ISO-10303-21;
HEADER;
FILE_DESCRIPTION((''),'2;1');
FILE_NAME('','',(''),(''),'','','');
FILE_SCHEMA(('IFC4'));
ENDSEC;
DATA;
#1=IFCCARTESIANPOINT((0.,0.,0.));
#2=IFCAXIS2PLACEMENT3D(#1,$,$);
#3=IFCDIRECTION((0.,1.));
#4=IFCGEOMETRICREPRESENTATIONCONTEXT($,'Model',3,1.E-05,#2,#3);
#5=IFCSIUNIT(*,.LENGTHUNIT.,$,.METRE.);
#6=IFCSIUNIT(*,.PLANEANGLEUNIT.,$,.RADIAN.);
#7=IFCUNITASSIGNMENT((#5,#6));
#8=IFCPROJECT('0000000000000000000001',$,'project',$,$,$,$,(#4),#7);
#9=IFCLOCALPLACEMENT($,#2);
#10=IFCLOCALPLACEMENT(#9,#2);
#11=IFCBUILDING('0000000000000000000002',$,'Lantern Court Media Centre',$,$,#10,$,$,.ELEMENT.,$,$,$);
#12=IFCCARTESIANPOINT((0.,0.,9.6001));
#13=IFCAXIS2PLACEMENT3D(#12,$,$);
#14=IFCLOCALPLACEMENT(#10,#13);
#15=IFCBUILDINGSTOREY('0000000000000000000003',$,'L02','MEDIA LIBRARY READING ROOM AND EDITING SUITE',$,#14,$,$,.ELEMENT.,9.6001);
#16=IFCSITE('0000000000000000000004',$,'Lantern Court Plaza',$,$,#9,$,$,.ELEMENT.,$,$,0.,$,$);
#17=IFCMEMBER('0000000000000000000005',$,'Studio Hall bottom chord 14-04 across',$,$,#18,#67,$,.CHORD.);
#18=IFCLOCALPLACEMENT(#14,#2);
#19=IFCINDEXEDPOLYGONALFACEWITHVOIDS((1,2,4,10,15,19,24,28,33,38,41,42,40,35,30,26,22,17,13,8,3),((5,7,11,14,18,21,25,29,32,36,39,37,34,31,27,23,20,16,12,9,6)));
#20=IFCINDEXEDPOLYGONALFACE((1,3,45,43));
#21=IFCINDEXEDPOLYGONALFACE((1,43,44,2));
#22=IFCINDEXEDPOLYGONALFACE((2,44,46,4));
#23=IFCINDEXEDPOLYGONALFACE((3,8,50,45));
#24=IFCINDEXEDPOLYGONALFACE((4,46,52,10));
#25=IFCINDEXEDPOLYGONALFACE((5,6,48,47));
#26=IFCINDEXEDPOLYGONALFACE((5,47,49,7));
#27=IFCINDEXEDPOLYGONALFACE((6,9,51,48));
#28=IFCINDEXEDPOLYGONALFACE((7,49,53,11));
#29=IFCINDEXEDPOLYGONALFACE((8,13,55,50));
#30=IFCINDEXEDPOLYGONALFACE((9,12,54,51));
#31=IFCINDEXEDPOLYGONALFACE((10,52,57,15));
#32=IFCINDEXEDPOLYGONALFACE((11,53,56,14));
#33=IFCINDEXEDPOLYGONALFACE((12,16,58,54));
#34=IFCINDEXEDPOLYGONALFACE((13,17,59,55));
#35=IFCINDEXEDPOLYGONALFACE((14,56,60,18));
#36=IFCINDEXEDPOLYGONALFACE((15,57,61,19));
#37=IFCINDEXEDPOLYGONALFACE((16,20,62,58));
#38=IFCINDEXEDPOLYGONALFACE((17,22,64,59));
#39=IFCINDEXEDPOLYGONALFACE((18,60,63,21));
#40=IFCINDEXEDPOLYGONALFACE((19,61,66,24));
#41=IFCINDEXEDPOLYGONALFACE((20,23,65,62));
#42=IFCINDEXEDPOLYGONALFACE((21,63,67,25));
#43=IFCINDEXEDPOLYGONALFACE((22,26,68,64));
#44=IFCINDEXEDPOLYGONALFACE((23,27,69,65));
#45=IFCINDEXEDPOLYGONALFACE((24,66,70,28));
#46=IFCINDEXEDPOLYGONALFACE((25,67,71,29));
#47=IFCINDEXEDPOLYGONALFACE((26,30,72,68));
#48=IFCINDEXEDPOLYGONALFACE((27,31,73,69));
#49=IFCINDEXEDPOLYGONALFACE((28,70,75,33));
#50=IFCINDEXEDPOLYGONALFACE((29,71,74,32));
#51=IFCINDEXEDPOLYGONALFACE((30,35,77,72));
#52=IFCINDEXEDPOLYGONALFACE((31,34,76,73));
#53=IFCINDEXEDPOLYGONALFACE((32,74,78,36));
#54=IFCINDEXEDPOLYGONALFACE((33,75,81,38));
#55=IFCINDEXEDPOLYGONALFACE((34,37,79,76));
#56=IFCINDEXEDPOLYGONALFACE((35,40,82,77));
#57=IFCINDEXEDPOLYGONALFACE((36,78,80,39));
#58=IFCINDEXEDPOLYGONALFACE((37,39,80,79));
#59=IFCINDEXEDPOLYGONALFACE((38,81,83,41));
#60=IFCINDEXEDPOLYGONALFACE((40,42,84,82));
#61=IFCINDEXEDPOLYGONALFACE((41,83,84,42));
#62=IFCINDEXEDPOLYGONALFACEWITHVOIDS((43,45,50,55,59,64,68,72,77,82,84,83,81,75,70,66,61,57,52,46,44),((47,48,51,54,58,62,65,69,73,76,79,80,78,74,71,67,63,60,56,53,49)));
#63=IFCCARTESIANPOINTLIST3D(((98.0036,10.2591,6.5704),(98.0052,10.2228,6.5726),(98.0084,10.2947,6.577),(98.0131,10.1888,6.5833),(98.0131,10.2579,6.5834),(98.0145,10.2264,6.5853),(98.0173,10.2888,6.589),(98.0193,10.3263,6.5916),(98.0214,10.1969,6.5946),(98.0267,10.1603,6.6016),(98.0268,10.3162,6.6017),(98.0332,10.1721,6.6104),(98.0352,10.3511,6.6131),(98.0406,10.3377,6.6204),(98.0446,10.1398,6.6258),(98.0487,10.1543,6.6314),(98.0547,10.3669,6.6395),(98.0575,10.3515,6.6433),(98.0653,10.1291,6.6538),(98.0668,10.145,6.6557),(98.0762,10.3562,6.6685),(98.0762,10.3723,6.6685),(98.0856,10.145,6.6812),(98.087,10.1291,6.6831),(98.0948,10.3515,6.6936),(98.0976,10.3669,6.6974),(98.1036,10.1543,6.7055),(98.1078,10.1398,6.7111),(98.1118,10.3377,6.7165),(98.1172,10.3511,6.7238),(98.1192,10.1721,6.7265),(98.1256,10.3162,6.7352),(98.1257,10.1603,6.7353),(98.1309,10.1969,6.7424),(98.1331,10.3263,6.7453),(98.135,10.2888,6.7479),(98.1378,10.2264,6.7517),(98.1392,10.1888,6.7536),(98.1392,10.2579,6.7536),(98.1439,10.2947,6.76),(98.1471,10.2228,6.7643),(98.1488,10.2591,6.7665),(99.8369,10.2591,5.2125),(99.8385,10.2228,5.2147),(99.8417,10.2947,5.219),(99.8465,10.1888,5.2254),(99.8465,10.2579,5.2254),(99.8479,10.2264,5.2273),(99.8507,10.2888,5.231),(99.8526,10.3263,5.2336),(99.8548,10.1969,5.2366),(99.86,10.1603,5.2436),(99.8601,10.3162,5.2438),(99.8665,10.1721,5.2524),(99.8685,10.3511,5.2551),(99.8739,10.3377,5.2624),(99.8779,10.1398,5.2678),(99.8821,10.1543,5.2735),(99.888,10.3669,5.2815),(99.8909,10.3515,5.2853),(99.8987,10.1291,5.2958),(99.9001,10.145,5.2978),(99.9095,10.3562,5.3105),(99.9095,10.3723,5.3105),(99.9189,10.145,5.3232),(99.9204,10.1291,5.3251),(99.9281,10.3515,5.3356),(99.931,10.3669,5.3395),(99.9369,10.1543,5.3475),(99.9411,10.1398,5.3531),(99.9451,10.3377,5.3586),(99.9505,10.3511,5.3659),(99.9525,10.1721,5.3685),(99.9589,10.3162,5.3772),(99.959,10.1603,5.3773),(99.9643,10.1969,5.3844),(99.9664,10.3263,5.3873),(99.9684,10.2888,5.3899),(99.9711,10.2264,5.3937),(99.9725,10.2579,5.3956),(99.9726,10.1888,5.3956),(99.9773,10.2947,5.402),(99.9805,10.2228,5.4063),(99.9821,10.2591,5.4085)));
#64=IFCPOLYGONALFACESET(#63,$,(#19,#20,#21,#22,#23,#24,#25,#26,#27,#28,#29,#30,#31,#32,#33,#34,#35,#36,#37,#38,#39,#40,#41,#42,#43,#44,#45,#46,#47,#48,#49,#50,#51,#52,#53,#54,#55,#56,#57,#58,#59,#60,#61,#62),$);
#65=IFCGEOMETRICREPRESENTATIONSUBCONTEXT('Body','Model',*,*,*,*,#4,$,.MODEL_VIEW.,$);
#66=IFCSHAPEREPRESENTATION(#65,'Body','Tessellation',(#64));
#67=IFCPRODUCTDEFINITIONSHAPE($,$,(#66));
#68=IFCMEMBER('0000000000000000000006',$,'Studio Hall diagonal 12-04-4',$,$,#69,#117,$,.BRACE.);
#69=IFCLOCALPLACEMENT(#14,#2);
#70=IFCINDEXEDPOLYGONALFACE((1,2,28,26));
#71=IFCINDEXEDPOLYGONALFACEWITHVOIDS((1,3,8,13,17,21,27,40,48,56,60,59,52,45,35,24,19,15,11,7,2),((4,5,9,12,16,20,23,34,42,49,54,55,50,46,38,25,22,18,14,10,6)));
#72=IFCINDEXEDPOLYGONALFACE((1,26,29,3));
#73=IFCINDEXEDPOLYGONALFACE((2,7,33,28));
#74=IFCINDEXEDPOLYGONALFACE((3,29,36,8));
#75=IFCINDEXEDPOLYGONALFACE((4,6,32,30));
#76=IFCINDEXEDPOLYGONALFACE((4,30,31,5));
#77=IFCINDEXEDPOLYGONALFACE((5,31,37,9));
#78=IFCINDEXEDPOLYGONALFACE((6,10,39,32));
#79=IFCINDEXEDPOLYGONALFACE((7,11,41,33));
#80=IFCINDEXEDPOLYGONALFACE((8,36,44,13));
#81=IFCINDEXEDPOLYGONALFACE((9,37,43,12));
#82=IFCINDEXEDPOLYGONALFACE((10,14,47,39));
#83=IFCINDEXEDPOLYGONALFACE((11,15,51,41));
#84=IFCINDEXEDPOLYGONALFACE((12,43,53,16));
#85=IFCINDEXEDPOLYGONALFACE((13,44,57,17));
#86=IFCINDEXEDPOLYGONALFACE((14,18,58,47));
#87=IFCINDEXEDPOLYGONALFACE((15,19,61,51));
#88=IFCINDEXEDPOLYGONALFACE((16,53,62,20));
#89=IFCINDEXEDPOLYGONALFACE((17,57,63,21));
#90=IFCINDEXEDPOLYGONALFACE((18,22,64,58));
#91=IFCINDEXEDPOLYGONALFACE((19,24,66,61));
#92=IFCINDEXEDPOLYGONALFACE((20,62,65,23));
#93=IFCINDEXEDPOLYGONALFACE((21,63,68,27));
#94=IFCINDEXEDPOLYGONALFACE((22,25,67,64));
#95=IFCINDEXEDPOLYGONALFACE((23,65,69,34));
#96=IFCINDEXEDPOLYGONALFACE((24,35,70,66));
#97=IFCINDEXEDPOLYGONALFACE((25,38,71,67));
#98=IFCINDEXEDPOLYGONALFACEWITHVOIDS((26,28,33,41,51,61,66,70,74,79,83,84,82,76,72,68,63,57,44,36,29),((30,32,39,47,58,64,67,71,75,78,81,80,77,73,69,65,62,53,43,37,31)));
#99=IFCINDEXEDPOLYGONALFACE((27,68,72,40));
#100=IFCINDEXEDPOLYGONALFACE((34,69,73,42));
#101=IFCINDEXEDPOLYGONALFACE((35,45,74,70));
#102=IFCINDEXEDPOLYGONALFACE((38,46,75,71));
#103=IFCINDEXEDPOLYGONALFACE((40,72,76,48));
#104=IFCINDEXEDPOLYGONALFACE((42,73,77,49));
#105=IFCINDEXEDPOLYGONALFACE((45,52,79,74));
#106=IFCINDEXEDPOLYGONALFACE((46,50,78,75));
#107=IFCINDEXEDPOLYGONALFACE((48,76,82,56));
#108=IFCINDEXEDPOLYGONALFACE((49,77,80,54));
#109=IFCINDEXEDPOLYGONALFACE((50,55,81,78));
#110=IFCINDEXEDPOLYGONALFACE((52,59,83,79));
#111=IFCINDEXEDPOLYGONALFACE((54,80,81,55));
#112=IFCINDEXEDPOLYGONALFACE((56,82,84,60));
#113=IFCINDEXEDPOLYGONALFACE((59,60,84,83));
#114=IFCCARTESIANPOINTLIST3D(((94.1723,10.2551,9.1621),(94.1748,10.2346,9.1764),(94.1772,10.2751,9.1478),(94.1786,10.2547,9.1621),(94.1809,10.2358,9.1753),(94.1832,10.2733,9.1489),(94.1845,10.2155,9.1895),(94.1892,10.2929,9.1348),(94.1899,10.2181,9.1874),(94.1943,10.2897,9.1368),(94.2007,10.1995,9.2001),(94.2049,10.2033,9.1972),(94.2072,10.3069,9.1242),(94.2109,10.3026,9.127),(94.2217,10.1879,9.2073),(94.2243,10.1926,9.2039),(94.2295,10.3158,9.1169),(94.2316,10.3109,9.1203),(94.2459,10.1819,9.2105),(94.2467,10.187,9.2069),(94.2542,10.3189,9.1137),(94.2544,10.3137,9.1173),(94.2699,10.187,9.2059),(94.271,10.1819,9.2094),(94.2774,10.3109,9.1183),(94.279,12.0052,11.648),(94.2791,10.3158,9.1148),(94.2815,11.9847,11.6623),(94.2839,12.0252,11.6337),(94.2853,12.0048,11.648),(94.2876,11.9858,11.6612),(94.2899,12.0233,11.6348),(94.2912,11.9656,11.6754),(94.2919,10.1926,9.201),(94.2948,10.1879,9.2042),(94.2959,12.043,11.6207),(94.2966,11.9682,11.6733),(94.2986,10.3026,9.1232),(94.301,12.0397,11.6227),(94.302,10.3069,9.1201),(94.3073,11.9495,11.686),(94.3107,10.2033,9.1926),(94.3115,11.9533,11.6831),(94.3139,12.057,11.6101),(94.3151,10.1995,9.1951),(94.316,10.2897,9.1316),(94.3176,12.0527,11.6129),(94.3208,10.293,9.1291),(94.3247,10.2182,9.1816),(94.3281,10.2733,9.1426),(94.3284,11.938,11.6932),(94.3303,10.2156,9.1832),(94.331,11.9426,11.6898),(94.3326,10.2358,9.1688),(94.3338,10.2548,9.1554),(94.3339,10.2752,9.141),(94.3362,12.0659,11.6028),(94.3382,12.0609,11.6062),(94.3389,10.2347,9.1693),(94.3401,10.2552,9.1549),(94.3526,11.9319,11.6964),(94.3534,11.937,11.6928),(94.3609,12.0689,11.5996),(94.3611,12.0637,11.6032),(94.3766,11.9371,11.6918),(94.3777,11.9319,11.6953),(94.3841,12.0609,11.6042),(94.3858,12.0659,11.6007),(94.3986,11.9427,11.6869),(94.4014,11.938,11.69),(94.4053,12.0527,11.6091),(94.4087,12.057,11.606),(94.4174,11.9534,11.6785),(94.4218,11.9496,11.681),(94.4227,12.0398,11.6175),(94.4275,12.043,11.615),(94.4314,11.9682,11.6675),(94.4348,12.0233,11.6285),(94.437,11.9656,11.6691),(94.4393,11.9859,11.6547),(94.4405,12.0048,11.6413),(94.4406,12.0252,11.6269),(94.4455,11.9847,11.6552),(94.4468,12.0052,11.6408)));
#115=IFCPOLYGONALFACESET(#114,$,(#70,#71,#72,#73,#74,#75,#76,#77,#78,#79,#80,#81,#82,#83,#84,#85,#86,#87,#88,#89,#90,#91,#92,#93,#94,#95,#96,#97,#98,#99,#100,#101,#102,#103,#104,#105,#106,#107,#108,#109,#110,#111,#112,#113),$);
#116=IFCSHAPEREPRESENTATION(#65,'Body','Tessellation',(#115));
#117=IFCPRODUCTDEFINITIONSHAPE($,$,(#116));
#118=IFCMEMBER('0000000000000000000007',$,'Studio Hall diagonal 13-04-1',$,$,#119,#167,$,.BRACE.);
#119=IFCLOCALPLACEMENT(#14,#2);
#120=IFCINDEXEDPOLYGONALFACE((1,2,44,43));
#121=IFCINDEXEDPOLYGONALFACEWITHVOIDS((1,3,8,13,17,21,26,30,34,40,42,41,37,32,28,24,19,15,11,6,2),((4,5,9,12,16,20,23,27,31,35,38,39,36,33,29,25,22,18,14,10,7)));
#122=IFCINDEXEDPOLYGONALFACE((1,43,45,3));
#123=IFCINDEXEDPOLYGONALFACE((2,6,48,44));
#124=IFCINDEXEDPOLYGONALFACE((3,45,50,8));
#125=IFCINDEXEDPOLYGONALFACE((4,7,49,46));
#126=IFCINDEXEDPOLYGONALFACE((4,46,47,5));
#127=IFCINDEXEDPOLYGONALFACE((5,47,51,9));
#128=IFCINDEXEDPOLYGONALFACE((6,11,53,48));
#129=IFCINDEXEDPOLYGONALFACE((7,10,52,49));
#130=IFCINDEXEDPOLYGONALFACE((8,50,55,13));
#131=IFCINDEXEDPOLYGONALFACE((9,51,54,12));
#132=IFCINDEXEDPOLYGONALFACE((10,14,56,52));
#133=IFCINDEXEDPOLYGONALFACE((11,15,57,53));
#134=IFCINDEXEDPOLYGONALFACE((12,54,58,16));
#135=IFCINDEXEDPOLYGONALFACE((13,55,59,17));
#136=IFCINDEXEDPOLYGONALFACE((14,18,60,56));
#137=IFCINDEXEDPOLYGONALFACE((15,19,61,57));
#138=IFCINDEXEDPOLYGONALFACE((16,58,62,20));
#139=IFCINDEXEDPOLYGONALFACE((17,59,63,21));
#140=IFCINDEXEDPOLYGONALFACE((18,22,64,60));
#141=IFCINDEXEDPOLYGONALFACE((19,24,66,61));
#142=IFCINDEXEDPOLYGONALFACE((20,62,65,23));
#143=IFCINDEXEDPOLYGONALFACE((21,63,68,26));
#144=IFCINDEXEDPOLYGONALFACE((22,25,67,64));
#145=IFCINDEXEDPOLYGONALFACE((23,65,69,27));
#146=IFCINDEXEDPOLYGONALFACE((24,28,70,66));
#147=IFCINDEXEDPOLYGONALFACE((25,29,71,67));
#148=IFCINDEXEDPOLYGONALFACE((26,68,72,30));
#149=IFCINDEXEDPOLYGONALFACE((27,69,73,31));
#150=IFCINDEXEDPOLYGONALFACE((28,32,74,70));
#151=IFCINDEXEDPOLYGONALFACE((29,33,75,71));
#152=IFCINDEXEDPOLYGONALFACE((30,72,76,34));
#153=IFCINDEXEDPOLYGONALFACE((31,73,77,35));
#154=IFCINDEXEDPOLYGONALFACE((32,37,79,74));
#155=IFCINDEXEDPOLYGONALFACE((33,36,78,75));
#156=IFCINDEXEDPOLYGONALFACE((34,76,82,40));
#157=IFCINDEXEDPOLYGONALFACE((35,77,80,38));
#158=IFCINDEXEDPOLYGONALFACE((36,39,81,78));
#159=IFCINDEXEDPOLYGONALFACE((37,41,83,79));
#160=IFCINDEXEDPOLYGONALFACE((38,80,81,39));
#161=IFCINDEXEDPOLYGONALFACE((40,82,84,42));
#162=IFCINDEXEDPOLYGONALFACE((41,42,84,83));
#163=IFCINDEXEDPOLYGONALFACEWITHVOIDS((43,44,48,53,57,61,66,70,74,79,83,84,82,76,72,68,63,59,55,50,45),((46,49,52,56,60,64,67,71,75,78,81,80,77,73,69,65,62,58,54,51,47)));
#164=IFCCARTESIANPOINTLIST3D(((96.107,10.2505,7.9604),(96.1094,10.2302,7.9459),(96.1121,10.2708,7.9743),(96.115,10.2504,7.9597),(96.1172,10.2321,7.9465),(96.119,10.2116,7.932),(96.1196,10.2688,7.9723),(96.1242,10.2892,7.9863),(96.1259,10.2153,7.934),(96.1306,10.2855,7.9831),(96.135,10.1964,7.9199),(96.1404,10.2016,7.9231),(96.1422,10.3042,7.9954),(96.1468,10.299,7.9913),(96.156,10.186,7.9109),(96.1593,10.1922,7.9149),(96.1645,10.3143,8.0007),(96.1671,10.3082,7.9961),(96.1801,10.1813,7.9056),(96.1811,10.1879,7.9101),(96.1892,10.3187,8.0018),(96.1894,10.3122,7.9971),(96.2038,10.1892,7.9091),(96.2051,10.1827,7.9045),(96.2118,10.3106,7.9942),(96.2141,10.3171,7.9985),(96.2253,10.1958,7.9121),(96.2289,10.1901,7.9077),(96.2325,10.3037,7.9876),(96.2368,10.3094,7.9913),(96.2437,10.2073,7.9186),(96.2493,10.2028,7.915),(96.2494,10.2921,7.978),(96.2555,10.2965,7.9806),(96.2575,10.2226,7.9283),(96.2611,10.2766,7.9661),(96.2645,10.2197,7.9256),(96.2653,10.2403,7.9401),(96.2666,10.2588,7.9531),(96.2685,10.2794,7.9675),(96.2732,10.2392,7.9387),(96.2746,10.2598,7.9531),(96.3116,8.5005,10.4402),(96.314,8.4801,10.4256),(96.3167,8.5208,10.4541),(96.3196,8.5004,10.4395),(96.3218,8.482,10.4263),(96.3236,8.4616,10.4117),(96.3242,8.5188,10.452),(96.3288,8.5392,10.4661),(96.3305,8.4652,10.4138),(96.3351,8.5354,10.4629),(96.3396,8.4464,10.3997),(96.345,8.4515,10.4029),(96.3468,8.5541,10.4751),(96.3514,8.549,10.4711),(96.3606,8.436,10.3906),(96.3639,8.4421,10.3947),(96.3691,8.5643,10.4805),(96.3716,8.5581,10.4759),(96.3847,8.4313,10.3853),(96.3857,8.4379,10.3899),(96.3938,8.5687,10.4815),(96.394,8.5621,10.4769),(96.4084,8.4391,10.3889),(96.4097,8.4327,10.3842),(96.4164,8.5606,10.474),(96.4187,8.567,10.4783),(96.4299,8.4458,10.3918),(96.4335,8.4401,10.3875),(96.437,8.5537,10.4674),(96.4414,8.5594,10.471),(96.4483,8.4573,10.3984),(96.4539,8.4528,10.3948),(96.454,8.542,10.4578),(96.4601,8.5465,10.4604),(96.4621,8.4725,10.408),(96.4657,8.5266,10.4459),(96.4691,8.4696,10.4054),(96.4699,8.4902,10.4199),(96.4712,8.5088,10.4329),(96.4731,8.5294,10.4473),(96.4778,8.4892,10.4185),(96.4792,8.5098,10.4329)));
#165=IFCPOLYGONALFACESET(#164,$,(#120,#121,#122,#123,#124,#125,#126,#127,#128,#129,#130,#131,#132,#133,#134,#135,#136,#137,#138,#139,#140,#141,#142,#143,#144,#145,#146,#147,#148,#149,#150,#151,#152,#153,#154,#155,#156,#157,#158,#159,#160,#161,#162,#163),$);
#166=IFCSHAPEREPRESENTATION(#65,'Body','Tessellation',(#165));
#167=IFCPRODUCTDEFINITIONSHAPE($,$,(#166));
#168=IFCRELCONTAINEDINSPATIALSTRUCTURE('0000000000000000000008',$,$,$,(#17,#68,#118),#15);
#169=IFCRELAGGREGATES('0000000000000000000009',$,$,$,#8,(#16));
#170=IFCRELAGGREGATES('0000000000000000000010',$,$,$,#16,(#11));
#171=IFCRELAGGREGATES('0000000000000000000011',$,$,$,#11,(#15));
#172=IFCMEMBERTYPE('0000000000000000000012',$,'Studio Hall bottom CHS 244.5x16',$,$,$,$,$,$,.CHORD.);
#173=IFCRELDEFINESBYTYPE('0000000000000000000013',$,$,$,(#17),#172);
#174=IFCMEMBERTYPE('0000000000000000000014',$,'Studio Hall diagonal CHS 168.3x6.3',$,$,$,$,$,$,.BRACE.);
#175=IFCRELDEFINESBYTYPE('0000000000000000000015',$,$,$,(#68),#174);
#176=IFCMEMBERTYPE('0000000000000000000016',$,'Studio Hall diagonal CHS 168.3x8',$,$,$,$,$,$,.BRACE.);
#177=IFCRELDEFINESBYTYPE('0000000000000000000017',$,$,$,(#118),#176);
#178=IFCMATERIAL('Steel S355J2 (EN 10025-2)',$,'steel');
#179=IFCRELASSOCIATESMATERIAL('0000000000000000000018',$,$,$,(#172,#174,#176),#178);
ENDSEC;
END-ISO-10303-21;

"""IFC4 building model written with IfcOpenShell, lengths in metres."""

from ifc_helpers import new_model, si_unit, direction, frame, origin, origin_2d, place, context, subcontext, project, spatial, hollow_circle, extrude, material, material_profile, profile_set, type_object, element, save


model = new_model("IFC4")

# Units and contexts
model_context = context("Model", 3, precision=1e-05, world=origin(), true_north=direction((0.0, 1.0)))
body_context = subcontext(model_context, "Body", "Model", "MODEL_VIEW")
ifc_project = project(units=[si_unit("LENGTHUNIT", "METRE"), si_unit("PLANEANGLEUNIT", "RADIAN")], contexts=[model_context])

# Site, building, storey
site_placement = place(None, origin())
site = spatial("IfcSite", under=ifc_project, at=site_placement, Name="Lantern Court Plaza", CompositionType="ELEMENT", RefElevation=0.0)
building_placement = place(site_placement, origin())
building = spatial("IfcBuilding", under=site, at=building_placement, Name="Lantern Court Media Centre", CompositionType="ELEMENT")
storey_placement = place(building_placement, frame((0.0, 0.0, 9.6001)))
storey = spatial("IfcBuildingStorey", under=building, at=storey_placement, Name="L02", Description="MEDIA LIBRARY READING ROOM AND EDITING SUITE", CompositionType="ELEMENT", Elevation=9.6001)

# Members
ifc_material = material(Name="Steel S355J2 (EN 10025-2)", Category="steel")
ifc_material_profile_1 = material_profile(ifc_material, hollow_circle(Radius=0.1223, WallThickness=0.0161, at=origin_2d()), Name="Studio Hall bottom CHS 244.5x16")
ifc_profile_set_1 = profile_set([ifc_material_profile_1], Name="Steel S355J2 (EN 10025-2)")
member_type_1 = type_object("IfcMemberType", Name="Studio Hall bottom CHS 244.5x16", PredefinedType="CHORD", material=ifc_profile_set_1)
member_1_placement = place(storey_placement, frame((98.0762, 10.25, 6.6685), z_axis=(0.803569, 0.0, -0.595212), x_axis=(0.0, 1.0, 0.0)))
element("IfcMember", 1, at=member_1_placement, inside=storey, type_object=member_type_1, Name="Studio Hall bottom chord 14-04 across", PredefinedType="CHORD", context=body_context, shape_type="SweptSolid", body=[
    extrude(hollow_circle(Radius=0.1223, WallThickness=0.0161, at=origin_2d()), origin(), (0.0, 0.0, 1.0), 2.2815),
])
ifc_material_profile_2 = material_profile(ifc_material, hollow_circle(Radius=0.0842, WallThickness=0.0063, at=origin_2d()), Name="Studio Hall diagonal CHS 168.3x6.3")
ifc_profile_set_2 = profile_set([ifc_material_profile_2], Name="Steel S355J2 (EN 10025-2)")
member_type_2 = type_object("IfcMemberType", Name="Studio Hall diagonal CHS 168.3x6.3", PredefinedType="BRACE", material=ifc_profile_set_2)
member_2_placement = place(storey_placement, frame((94.2563, 10.25, 9.1621), z_axis=(0.035073, 0.575294, 0.817194), x_axis=(-0.998147, 0.060852, 0.0)))
element("IfcMember", 2, at=member_2_placement, inside=storey, type_object=member_type_2, Name="Studio Hall diagonal 12-04-4", PredefinedType="BRACE", context=body_context, shape_type="SweptSolid", body=[
    extrude(hollow_circle(Radius=0.0842, WallThickness=0.0063, at=origin_2d()), origin(), (0.0, 0.0, 1.0), 3.042),
])
ifc_material_profile_3 = material_profile(ifc_material, hollow_circle(Radius=0.0842, WallThickness=0.0081, at=origin_2d()), Name="Studio Hall diagonal CHS 168.3x8")
ifc_profile_set_3 = profile_set([ifc_material_profile_3], Name="Steel S355J2 (EN 10025-2)")
member_type_3 = type_object("IfcMemberType", Name="Studio Hall diagonal CHS 168.3x8", PredefinedType="BRACE", material=ifc_profile_set_3)
for number, where, z_axis, x_axis, name in (
    (3, (96.1909, 10.25, 7.9531), (0.067256, -0.575289, 0.81518), (0.993235, 0.116118, 0.0), "Studio Hall diagonal 13-04-1"),
):
    element("IfcMember", number, at=place(storey_placement, frame(where, z_axis=z_axis, x_axis=x_axis)), inside=storey, type_object=member_type_3, Name=name, PredefinedType="BRACE", context=body_context, shape_type="SweptSolid", body=[
        extrude(hollow_circle(Radius=0.0842, WallThickness=0.0081, at=origin_2d()), origin(), (0.0, 0.0, 1.0), 3.042),
    ])

save(model, "model.ifc")
